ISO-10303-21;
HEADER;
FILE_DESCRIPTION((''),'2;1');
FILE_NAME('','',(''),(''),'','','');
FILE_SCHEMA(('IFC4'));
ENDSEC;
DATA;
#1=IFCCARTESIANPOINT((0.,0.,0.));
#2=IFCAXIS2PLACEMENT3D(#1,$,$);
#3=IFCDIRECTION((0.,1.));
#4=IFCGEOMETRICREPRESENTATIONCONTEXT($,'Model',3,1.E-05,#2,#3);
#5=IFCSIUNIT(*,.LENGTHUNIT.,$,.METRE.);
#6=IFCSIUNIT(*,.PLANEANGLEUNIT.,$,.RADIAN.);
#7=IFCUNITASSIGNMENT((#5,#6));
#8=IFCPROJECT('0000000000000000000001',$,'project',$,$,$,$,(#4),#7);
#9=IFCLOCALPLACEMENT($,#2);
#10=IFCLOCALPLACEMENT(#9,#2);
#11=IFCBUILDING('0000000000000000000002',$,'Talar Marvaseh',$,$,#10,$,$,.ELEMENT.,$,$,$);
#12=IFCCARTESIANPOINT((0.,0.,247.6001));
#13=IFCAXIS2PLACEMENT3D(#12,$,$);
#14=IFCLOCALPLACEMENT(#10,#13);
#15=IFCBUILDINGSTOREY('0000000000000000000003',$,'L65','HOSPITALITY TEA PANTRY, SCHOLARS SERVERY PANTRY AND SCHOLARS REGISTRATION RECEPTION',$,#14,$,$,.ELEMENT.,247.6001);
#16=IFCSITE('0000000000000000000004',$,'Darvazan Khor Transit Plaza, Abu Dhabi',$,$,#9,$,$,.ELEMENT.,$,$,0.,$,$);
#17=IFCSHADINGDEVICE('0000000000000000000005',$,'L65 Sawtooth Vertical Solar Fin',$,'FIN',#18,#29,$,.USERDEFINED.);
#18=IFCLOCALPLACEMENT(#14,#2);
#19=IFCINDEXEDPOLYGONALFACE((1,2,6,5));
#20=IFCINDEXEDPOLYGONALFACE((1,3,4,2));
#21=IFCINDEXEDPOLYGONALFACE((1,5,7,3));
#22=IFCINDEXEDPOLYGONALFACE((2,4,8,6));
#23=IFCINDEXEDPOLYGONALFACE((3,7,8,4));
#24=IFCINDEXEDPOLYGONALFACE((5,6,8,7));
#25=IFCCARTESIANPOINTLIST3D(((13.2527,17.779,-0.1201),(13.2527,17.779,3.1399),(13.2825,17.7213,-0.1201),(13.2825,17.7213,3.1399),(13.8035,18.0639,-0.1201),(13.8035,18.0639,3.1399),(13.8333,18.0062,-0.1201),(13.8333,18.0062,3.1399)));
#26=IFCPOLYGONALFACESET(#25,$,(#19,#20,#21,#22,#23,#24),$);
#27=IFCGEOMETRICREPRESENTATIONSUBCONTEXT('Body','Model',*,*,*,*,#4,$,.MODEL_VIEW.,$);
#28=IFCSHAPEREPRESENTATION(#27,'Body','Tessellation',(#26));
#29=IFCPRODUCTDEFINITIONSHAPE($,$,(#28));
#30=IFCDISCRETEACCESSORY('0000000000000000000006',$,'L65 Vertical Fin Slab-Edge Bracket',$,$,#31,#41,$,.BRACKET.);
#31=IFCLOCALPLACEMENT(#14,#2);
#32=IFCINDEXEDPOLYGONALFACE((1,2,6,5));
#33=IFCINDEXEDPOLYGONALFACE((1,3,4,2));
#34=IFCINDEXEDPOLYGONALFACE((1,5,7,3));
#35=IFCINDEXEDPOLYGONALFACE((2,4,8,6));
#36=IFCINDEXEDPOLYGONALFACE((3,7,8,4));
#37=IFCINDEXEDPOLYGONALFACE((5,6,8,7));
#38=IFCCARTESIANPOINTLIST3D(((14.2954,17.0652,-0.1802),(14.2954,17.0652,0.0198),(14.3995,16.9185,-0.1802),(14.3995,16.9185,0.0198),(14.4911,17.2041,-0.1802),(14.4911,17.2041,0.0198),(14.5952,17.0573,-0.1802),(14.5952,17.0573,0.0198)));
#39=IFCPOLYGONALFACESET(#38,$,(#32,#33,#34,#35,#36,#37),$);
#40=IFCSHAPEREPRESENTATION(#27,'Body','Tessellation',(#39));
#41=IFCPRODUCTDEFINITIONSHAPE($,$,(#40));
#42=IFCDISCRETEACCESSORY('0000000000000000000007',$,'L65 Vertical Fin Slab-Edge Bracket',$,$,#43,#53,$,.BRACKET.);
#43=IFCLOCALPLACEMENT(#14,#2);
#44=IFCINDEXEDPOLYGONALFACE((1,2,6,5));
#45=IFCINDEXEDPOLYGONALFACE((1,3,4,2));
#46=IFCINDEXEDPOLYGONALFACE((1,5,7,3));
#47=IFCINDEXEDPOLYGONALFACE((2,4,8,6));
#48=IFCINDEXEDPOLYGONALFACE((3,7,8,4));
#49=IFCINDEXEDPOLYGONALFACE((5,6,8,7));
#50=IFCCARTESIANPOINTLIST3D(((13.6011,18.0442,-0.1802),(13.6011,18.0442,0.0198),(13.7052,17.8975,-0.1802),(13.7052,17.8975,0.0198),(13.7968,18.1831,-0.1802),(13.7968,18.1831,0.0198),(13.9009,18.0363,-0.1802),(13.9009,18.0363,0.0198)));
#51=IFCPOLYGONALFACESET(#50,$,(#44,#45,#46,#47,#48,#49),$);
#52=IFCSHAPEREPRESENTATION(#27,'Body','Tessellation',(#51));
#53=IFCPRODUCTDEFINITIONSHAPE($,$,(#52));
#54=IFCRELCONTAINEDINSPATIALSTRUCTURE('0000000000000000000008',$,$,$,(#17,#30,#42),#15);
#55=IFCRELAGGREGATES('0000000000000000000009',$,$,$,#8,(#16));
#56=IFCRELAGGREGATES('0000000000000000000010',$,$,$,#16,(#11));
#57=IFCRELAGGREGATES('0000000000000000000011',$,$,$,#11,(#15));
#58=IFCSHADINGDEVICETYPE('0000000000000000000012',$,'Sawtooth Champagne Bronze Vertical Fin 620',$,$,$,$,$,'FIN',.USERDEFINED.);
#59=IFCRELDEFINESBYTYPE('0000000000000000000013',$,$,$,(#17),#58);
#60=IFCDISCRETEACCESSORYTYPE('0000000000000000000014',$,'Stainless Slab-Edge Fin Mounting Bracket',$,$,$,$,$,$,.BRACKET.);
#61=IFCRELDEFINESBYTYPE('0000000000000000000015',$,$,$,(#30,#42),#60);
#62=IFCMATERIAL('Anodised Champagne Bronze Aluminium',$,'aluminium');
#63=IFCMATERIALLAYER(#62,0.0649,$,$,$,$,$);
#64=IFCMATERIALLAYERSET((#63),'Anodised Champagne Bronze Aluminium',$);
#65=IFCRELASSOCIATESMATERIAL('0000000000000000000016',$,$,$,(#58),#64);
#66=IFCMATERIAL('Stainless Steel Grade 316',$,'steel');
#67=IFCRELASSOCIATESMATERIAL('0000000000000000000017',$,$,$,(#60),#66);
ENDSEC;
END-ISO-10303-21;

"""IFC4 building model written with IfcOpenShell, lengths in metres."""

from ifc_helpers import new_model, si_unit, direction, frame, origin, origin_2d, place, context, subcontext, project, spatial, rectangle, extrude, source, transform, mapped, material, layer, layer_set, type_object, type_shapes, element, save


model = new_model("IFC4")

# Units and contexts
model_context = context("Model", 3, precision=1e-05, world=origin(), true_north=direction((0.0, 1.0)))
body_context = subcontext(model_context, "Body", "Model", "MODEL_VIEW")
ifc_project = project(units=[si_unit("LENGTHUNIT", "METRE"), si_unit("PLANEANGLEUNIT", "RADIAN")], contexts=[model_context])

# Site, building, storey
site_placement = place(None, origin())
site = spatial("IfcSite", under=ifc_project, at=site_placement, Name="Darvazan Khor Transit Plaza, Abu Dhabi", CompositionType="ELEMENT", RefElevation=0.0)
building_placement = place(site_placement, origin())
building = spatial("IfcBuilding", under=site, at=building_placement, Name="Talar Marvaseh", CompositionType="ELEMENT")
storey_placement = place(building_placement, frame((0.0, 0.0, 247.6001)))
storey = spatial("IfcBuildingStorey", under=building, at=storey_placement, Name="L65", Description="HOSPITALITY TEA PANTRY, SCHOLARS SERVERY PANTRY AND SCHOLARS REGISTRATION RECEPTION", CompositionType="ELEMENT", Elevation=247.6001)

# Shading device
ifc_material_1 = material(Name="Anodised Champagne Bronze Aluminium", Category="aluminium")
ifc_layer_1 = layer(ifc_material_1, 0.0649)
ifc_layer_set_1 = layer_set([ifc_layer_1], Name="Anodised Champagne Bronze Aluminium")
shading_device_type_1 = type_object("IfcShadingDeviceType", Name="Sawtooth Champagne Bronze Vertical Fin 620", ElementType="FIN", PredefinedType="USERDEFINED", material=ifc_layer_set_1)
shared_shape_1 = source(origin(), body_context, "Body", "SweptSolid", [
    extrude(rectangle(XDim=0.6201, YDim=0.0649, at=origin_2d()), origin(), (0.0, 0.0, 1.0), 3.26),
])
type_shapes(shading_device_type_1, [shared_shape_1])
shading_device_1_placement = place(storey_placement, frame((13.543, 17.8926, -0.1201), z_axis=(0.0, 0.0, 1.0), x_axis=(-0.888217, -0.459425, 0.0)))
element("IfcShadingDevice", 1, at=shading_device_1_placement, inside=storey, type_object=shading_device_type_1, Name="L65 Sawtooth Vertical Solar Fin", ObjectType="FIN", PredefinedType="USERDEFINED", context=body_context, shape_type="MappedRepresentation", body=[
    mapped(shared_shape_1, transform((0.0, 0.0, 0.0), x_axis=(1.0, 0.0, 0.0), y_axis=(0.0, 1.0, 0.0), z_axis=(0.0, 0.0, 1.0), scale=1.0)),
])

# Discrete accessories
ifc_material_2 = material(Name="Stainless Steel Grade 316", Category="steel")
discrete_accessory_type = type_object("IfcDiscreteAccessoryType", Name="Stainless Slab-Edge Fin Mounting Bracket", PredefinedType="BRACKET", material=ifc_material_2)
shared_shape_2 = source(origin(), body_context, "Body", "SweptSolid", [
    extrude(rectangle(XDim=0.24, YDim=0.1799, at=origin_2d()), origin(), (0.0, 0.0, 1.0), 0.2),
])
type_shapes(discrete_accessory_type, [shared_shape_2])
for number, where, z_axis, x_axis, name in (
    (2, (14.4453, 17.0613, -0.1802), (0.0, 0.0, 1.0), (-0.815633, -0.57857, 0.0), "L65 Vertical Fin Slab-Edge Bracket"),
    (3, (13.751, 18.0403, -0.1802), (0.0, 0.0, 1.0), (-0.815633, -0.57857, 0.0), "L65 Vertical Fin Slab-Edge Bracket"),
):
    element("IfcDiscreteAccessory", number, at=place(storey_placement, frame(where, z_axis=z_axis, x_axis=x_axis)), inside=storey, type_object=discrete_accessory_type, Name=name, PredefinedType="BRACKET", context=body_context, shape_type="MappedRepresentation", body=[
        mapped(shared_shape_2, transform((0.0, 0.0, 0.0), x_axis=(1.0, 0.0, 0.0), y_axis=(0.0, 1.0, 0.0), z_axis=(0.0, 0.0, 1.0), scale=1.0)),
    ])

save(model, "model.ifc")
